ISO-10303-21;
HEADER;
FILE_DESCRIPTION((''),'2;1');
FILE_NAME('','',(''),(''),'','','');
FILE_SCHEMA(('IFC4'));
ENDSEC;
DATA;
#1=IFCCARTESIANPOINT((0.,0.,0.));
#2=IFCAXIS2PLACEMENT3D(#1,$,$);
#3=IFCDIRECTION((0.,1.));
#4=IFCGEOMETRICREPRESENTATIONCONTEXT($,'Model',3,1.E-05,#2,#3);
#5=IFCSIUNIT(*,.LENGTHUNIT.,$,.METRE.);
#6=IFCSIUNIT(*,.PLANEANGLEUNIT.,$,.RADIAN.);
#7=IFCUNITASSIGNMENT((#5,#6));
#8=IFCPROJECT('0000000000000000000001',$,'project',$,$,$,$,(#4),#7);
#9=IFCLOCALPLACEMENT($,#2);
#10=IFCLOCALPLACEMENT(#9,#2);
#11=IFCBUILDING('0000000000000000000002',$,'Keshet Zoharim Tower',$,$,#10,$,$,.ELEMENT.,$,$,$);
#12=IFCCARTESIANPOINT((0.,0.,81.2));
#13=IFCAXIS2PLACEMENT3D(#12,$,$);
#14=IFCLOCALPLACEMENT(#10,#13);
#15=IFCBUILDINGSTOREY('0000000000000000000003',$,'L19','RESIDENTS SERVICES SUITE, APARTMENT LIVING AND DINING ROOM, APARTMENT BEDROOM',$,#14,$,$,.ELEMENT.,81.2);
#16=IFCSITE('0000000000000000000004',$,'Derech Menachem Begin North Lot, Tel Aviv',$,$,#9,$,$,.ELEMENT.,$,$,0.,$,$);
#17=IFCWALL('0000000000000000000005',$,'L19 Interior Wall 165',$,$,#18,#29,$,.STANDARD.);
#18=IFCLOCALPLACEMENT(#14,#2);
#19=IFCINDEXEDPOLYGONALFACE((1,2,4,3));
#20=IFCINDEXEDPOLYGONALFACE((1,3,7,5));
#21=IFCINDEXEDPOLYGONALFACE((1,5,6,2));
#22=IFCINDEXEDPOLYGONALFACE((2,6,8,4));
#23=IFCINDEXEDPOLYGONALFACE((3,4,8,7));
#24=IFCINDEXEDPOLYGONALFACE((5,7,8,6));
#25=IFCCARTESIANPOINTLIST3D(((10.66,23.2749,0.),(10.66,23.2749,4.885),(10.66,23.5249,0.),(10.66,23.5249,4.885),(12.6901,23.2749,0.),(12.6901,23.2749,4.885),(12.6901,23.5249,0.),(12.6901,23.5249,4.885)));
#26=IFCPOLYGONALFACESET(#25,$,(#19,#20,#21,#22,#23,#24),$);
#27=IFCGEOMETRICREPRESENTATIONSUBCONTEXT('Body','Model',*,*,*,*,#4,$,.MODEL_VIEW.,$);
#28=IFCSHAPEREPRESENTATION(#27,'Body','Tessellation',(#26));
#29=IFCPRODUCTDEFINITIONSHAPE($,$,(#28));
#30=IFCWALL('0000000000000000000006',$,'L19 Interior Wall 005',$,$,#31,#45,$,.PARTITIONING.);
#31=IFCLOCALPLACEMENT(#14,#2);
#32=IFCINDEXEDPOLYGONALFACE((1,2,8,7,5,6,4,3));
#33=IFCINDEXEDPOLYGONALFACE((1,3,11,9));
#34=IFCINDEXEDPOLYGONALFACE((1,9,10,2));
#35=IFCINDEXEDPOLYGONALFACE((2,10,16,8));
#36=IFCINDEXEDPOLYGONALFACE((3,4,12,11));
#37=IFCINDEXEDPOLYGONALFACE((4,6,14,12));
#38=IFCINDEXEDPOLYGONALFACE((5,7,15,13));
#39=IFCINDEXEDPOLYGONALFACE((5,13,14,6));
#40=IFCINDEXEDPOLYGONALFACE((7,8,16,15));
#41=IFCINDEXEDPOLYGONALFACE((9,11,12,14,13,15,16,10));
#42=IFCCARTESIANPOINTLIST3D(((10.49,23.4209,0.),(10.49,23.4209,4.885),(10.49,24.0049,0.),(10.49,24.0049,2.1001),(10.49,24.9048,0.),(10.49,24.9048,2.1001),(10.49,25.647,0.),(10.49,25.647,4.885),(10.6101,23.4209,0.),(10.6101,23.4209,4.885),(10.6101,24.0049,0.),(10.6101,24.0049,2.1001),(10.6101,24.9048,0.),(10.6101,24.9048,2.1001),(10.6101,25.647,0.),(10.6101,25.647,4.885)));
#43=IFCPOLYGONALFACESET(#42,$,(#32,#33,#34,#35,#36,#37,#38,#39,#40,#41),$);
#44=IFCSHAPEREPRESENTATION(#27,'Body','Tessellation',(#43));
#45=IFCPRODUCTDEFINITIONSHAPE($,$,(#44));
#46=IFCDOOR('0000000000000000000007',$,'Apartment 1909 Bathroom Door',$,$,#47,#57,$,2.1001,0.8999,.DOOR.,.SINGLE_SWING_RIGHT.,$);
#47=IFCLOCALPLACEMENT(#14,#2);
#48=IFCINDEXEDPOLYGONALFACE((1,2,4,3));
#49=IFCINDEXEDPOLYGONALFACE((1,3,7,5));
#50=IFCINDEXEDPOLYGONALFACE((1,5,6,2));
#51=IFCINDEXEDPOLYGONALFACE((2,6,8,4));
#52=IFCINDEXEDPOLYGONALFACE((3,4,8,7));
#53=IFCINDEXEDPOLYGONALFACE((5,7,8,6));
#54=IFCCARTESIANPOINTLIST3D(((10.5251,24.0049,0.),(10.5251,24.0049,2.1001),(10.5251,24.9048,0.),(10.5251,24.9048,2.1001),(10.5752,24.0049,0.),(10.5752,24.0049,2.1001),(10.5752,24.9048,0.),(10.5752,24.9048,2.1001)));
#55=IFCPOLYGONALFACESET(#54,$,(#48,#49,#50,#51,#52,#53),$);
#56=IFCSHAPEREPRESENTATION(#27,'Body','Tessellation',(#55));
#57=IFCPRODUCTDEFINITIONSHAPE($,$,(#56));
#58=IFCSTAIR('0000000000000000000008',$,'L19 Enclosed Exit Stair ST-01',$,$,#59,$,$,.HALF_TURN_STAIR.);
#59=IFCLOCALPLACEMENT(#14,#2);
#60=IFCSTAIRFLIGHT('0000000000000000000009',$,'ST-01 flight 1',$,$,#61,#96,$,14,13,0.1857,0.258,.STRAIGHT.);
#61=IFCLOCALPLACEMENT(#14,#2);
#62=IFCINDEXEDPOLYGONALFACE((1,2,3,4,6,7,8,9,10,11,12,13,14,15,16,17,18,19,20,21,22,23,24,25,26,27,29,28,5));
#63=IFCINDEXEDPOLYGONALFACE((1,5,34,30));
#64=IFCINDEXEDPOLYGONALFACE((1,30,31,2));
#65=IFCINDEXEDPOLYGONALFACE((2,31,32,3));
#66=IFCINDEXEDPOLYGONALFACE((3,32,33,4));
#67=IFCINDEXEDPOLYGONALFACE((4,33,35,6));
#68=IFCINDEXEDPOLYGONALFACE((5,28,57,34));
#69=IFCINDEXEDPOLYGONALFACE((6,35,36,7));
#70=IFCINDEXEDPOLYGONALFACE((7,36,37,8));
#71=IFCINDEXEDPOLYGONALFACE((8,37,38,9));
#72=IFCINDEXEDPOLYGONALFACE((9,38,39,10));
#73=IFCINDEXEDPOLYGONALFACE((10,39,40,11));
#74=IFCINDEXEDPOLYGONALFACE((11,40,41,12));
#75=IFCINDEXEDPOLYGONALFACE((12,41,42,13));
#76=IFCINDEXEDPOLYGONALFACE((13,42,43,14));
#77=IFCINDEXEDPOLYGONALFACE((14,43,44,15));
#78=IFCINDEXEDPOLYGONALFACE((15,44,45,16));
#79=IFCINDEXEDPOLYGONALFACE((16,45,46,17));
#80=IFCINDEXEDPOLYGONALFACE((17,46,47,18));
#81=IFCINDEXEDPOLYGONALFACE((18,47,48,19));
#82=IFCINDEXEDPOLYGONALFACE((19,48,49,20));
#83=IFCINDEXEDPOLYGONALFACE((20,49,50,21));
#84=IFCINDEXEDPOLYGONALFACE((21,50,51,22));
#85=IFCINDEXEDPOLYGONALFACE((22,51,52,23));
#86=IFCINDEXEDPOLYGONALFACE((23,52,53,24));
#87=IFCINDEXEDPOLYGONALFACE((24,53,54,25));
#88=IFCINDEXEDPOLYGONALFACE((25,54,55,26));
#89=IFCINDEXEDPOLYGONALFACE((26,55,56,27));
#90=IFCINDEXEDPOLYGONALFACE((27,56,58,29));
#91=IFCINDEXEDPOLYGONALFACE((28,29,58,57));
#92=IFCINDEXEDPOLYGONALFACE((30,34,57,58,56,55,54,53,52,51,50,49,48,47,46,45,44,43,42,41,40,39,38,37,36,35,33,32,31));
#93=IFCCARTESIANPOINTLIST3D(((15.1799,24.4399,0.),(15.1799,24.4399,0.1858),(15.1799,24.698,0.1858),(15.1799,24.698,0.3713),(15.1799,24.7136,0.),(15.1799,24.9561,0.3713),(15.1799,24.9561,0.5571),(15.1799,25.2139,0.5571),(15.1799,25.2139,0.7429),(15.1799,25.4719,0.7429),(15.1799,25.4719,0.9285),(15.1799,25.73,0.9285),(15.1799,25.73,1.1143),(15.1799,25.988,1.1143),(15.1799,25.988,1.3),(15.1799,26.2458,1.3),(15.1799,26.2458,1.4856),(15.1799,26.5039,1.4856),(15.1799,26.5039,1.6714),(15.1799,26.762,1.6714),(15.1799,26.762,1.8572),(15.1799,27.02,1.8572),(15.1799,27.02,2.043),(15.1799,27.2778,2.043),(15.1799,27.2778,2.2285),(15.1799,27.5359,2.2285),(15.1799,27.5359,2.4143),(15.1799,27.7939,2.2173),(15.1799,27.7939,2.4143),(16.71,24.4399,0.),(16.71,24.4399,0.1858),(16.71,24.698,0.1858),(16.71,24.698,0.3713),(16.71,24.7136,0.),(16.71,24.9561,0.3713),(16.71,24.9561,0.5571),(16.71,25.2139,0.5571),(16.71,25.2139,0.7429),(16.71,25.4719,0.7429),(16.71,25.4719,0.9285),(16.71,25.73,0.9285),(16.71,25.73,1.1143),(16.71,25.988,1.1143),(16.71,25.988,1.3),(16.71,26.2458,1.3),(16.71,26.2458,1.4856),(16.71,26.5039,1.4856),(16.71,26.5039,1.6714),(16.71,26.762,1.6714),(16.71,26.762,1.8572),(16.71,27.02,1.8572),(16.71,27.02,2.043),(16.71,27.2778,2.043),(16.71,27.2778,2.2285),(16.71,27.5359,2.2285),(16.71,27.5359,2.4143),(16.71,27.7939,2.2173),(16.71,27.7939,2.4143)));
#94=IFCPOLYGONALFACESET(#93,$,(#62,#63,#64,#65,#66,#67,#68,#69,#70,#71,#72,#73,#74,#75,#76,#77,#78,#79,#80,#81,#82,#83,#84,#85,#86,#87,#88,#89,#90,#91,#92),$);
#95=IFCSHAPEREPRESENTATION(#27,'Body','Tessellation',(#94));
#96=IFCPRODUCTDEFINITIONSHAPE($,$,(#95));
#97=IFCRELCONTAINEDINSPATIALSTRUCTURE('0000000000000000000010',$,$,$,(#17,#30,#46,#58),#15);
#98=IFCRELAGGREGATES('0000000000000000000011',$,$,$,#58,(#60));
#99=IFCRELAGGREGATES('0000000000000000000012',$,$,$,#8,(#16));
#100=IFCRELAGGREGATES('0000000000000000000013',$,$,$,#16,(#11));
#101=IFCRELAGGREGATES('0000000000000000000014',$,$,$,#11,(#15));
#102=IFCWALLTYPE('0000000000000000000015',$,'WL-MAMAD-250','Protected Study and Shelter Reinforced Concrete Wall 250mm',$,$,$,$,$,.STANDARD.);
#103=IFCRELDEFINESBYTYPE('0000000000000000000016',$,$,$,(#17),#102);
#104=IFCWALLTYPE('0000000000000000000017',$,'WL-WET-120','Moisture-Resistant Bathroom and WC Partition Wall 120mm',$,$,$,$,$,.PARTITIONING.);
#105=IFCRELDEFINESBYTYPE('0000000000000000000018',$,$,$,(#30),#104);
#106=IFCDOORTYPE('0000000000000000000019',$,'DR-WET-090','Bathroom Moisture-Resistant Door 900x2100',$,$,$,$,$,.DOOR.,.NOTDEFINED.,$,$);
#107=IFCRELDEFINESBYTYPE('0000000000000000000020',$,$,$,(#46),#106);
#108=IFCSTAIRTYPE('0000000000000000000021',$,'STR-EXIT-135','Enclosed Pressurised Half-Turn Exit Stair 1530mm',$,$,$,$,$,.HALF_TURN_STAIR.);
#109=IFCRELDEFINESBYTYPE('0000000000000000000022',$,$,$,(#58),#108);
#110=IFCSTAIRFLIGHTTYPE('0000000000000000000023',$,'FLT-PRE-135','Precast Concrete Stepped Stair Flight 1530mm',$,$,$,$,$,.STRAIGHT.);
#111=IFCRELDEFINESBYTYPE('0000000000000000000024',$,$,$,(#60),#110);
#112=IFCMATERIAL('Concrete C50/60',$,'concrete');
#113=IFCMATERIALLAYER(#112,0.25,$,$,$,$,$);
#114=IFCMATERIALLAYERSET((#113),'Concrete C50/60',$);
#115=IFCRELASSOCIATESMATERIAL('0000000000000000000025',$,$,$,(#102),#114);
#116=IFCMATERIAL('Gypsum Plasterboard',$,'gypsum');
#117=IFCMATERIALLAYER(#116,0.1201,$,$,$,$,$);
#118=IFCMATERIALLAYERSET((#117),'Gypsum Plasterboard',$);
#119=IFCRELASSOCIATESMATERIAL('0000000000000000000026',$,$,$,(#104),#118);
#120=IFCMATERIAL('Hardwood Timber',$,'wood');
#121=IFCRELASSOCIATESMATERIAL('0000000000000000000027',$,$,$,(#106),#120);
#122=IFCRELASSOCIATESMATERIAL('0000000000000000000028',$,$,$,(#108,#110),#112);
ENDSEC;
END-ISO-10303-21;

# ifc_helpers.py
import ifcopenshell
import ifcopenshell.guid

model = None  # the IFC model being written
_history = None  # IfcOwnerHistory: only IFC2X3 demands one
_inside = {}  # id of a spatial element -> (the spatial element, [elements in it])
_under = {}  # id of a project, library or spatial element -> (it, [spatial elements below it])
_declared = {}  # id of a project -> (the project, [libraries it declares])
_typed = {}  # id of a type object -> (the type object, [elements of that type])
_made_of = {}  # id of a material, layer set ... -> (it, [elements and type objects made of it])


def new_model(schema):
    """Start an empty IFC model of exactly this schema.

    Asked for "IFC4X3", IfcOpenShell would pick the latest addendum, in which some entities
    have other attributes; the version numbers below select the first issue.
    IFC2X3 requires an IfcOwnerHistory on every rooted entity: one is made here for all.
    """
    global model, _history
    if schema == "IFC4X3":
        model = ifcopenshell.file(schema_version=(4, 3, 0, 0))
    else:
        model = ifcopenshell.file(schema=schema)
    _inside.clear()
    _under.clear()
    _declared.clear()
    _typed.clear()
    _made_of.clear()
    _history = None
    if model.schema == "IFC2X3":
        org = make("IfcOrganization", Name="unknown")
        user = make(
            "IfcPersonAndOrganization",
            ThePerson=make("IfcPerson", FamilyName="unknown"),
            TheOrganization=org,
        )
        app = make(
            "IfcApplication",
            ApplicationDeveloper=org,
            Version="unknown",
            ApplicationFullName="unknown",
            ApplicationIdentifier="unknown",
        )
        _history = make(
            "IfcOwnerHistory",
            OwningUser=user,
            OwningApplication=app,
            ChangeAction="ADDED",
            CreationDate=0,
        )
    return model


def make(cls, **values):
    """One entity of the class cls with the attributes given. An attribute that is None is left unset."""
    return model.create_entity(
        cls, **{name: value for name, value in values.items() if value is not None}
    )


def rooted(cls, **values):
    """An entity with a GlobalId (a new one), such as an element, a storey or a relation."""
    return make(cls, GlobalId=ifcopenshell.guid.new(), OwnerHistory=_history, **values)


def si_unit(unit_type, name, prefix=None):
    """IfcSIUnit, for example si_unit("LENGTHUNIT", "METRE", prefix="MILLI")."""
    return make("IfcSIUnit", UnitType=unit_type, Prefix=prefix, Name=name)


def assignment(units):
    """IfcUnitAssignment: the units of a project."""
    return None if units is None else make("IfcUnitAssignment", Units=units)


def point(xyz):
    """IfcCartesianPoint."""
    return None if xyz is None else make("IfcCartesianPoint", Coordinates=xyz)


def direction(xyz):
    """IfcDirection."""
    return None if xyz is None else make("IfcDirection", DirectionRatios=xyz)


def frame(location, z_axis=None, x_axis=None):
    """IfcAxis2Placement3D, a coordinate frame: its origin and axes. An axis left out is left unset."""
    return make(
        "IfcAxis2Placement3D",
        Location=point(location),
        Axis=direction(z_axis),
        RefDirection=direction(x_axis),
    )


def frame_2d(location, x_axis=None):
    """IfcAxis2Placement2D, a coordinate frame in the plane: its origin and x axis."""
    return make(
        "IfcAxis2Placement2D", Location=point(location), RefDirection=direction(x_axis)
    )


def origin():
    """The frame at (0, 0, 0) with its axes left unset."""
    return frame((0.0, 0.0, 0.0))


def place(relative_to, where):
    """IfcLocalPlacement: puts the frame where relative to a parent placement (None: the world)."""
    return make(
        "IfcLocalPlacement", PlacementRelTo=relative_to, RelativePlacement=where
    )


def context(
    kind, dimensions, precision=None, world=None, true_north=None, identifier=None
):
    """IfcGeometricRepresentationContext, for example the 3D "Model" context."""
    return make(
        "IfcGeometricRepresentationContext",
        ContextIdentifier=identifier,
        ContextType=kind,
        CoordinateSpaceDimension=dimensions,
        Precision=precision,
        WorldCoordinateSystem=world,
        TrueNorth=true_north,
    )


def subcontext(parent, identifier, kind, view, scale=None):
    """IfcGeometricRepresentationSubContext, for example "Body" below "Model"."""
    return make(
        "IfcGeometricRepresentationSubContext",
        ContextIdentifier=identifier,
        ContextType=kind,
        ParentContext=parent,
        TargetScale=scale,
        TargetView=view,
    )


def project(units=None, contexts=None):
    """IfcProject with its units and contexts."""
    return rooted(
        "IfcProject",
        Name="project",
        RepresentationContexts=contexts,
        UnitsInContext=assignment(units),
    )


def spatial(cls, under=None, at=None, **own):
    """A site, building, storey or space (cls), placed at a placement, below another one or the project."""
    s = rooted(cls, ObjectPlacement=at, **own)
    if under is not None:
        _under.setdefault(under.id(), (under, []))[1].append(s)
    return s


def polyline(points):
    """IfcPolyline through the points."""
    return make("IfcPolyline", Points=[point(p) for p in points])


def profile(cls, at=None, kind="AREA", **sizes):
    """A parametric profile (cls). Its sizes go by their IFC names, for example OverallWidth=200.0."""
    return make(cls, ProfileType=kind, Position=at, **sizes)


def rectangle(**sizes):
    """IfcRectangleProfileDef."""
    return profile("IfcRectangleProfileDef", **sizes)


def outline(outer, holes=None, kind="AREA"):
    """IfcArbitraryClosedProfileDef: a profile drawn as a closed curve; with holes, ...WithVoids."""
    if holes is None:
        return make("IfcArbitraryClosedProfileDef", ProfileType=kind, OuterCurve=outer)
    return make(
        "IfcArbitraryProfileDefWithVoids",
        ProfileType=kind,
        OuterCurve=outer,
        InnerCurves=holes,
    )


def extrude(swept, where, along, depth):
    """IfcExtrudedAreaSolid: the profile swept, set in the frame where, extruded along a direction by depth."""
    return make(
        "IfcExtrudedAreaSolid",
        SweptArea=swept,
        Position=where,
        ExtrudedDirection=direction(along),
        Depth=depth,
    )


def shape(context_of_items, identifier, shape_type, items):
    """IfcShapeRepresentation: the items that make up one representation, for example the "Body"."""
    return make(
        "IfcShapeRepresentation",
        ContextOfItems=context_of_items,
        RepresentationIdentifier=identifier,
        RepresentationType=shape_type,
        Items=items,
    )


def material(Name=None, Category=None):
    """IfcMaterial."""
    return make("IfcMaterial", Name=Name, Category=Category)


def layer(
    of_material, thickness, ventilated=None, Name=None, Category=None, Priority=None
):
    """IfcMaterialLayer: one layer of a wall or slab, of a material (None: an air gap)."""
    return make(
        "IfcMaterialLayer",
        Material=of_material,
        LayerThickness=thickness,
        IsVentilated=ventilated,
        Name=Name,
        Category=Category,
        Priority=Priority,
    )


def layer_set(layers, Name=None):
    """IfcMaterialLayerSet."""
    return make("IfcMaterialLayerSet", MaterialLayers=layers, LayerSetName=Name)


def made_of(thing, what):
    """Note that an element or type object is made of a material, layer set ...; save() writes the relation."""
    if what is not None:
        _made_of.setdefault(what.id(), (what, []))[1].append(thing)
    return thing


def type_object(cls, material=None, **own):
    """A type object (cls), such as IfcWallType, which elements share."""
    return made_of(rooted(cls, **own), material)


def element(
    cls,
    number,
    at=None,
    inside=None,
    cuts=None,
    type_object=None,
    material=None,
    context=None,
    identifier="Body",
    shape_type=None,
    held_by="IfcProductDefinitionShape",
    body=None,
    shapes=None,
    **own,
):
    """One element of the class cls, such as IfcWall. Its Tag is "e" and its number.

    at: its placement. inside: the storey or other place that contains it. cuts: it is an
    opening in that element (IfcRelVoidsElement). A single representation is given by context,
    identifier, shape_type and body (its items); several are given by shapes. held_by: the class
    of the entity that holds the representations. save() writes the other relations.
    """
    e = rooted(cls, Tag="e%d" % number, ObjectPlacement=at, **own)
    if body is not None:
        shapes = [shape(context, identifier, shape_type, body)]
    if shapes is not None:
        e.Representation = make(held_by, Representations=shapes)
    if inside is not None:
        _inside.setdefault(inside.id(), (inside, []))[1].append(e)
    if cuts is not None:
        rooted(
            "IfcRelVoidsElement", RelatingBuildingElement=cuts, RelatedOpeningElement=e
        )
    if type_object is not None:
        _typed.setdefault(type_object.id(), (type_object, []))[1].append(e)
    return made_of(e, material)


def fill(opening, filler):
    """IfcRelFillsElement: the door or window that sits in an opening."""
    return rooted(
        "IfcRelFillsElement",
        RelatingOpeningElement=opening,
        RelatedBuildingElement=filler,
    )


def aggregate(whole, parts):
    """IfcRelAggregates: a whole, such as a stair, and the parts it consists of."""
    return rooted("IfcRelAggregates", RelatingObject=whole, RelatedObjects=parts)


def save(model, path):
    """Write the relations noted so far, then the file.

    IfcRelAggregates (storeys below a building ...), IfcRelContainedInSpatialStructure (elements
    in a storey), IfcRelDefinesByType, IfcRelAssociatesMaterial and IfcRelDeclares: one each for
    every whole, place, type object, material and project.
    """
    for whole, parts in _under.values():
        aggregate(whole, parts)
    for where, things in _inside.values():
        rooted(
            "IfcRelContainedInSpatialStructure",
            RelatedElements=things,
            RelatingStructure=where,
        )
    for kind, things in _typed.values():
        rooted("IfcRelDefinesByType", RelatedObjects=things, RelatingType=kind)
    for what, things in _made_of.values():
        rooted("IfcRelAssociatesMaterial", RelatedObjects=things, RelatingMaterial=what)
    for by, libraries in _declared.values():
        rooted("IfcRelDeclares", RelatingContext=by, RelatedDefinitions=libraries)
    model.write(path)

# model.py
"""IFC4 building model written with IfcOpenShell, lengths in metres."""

from ifc_helpers import new_model, si_unit, direction, frame, frame_2d, origin, place, context, subcontext, project, spatial, polyline, rectangle, outline, extrude, material, layer, layer_set, type_object, element, fill, aggregate, save


model = new_model("IFC4")

# Units and contexts
model_context = context("Model", 3, precision=1e-05, world=origin(), true_north=direction((0.0, 1.0)))
body_context = subcontext(model_context, "Body", "Model", "MODEL_VIEW")
ifc_project = project(units=[si_unit("LENGTHUNIT", "METRE"), si_unit("PLANEANGLEUNIT", "RADIAN")], contexts=[model_context])

# Site, building, storey
site_placement = place(None, origin())
site = spatial("IfcSite", under=ifc_project, at=site_placement, Name="Derech Menachem Begin North Lot, Tel Aviv", CompositionType="ELEMENT", RefElevation=0.0)
building_placement = place(site_placement, origin())
building = spatial("IfcBuilding", under=site, at=building_placement, Name="Keshet Zoharim Tower", CompositionType="ELEMENT")
storey_placement = place(building_placement, frame((0.0, 0.0, 81.2)))
storey = spatial("IfcBuildingStorey", under=building, at=storey_placement, Name="L19", Description="RESIDENTS SERVICES SUITE, APARTMENT LIVING AND DINING ROOM, APARTMENT BEDROOM", CompositionType="ELEMENT", Elevation=81.2)

# Shared definitions
ifc_material_1 = material(Name="Hardwood Timber", Category="wood")

# Shared definitions
ifc_material_2 = material(Name="Gypsum Plasterboard", Category="gypsum")

# Shared definitions
ifc_material_3 = material(Name="Concrete C50/60", Category="concrete")

# Wall
ifc_layer_1 = layer(ifc_material_3, 0.25)
ifc_layer_set_1 = layer_set([ifc_layer_1], Name="Concrete C50/60")
wall_type_1 = type_object("IfcWallType", Name="WL-MAMAD-250", Description="Protected Study and Shelter Reinforced Concrete Wall 250mm", PredefinedType="STANDARD", material=ifc_layer_set_1)
for number, where, z_axis, x_axis, name in (
    (1, (10.6599, 23.3999, 0.0), (0.0, 0.0, 1.0), (1.0, 0.0, 0.0), "L19 Interior Wall 165"),
):
    element("IfcWall", number, at=place(storey_placement, frame(where, z_axis=z_axis, x_axis=x_axis)), inside=storey, type_object=wall_type_1, Name=name, PredefinedType="STANDARD", context=body_context, shape_type="SweptSolid", body=[
        extrude(rectangle(XDim=2.03, YDim=0.25, at=frame_2d((1.0151, 0.0))), origin(), (0.0, 0.0, 1.0), 4.885),
    ])

# Wall, opening, door
ifc_layer_2 = layer(ifc_material_2, 0.1201)
ifc_layer_set_2 = layer_set([ifc_layer_2], Name="Gypsum Plasterboard")
wall_type_2 = type_object("IfcWallType", Name="WL-WET-120", Description="Moisture-Resistant Bathroom and WC Partition Wall 120mm", PredefinedType="PARTITIONING", material=ifc_layer_set_2)
wall_1_placement = place(storey_placement, frame((10.55, 23.4209, 0.0), z_axis=(0.0, 0.0, 1.0), x_axis=(0.0, 1.0, 0.0)))
wall_1 = element("IfcWall", 2, at=wall_1_placement, inside=storey, type_object=wall_type_2, Name="L19 Interior Wall 005", PredefinedType="PARTITIONING", context=body_context, shape_type="SweptSolid", body=[
    extrude(rectangle(XDim=2.2261, YDim=0.1201, at=frame_2d((1.113, 0.0))), origin(), (0.0, 0.0, 1.0), 4.885),
])
opening_1_placement = place(wall_1_placement, frame((0.584, 0.0, 0.0)))
opening_1 = element("IfcOpeningElement", 3, at=opening_1_placement, cuts=wall_1, PredefinedType="OPENING", context=body_context, shape_type="SweptSolid", body=[
    extrude(rectangle(XDim=0.8999, YDim=2.1001, at=frame_2d((0.45, 1.05))), frame((0.0, 0.0701, 0.0), z_axis=(0.0, -1.0, 0.0), x_axis=(1.0, 0.0, 0.0)), (0.0, 0.0, 1.0), 0.1401),
])
door_type_1 = type_object("IfcDoorType", Name="DR-WET-090", Description="Bathroom Moisture-Resistant Door 900x2100", OperationType="NOTDEFINED", PredefinedType="DOOR", material=ifc_material_1)
door_1_placement = place(opening_1_placement, origin())
door_1 = element("IfcDoor", 4, at=door_1_placement, inside=storey, type_object=door_type_1, Name="Apartment 1909 Bathroom Door", OperationType="SINGLE_SWING_RIGHT", OverallHeight=2.1001, OverallWidth=0.8999, PredefinedType="DOOR", context=body_context, shape_type="SweptSolid", body=[
    extrude(rectangle(XDim=0.8999, YDim=2.1001, at=frame_2d((0.45, 1.05))), frame((0.0, 0.0249, 0.0), z_axis=(0.0, -1.0, 0.0), x_axis=(1.0, 0.0, 0.0)), (0.0, 0.0, 1.0), 0.05),
])
fill(opening_1, door_1)

# Stair, stair flight
stair_type = type_object("IfcStairType", Name="STR-EXIT-135", Description="Enclosed Pressurised Half-Turn Exit Stair 1530mm", PredefinedType="HALF_TURN_STAIR", material=ifc_material_3)
stair_placement = place(storey_placement, origin())
stair = element("IfcStair", 5, at=stair_placement, inside=storey, type_object=stair_type, Name="L19 Enclosed Exit Stair ST-01", PredefinedType="HALF_TURN_STAIR")
stair_flight_type = type_object("IfcStairFlightType", Name="FLT-PRE-135", Description="Precast Concrete Stepped Stair Flight 1530mm", PredefinedType="STRAIGHT", material=ifc_material_3)
stair_flight_placement = place(storey_placement, frame((15.9451, 24.4399, 0.0), z_axis=(0.0, 0.0, 1.0), x_axis=(0.0, 1.0, 0.0)))
stair_flight = element("IfcStairFlight", 6, at=stair_flight_placement, type_object=stair_flight_type, Name="ST-01 flight 1", NumberOfRisers=14, NumberOfTreads=13, PredefinedType="STRAIGHT", RiserHeight=0.1857, TreadLength=0.258, context=body_context, shape_type="SweptSolid", body=[
    extrude(outline(polyline([(0.0, 0.0), (0.0, 0.1858), (0.2581, 0.1858), (0.2581, 0.3713), (0.5161, 0.3713), (0.5161, 0.5571), (0.7739, 0.5571), (0.7739, 0.7429), (1.032, 0.7429), (1.032, 0.9285), (1.29, 0.9285), (1.29, 1.1143), (1.5481, 1.1143), (1.5481, 1.3), (1.8059, 1.3), (1.8059, 1.4856), (2.064, 1.4856), (2.064, 1.6714), (2.322, 1.6714), (2.322, 1.8572), (2.5801, 1.8572), (2.5801, 2.043), (2.8379, 2.043), (2.8379, 2.2285), (3.0959, 2.2285), (3.0959, 2.4143), (3.354, 2.4143), (3.354, 2.6001), (3.354, 2.2173), (0.2737, 0.0), (0.0, 0.0)])), frame((0.0, 0.7651, 0.0), z_axis=(0.0, -1.0, 0.0), x_axis=(1.0, 0.0, 0.0)), (0.0, 0.0, 1.0), 1.53),
])
aggregate(stair, [stair_flight])

save(model, "model.ifc")
